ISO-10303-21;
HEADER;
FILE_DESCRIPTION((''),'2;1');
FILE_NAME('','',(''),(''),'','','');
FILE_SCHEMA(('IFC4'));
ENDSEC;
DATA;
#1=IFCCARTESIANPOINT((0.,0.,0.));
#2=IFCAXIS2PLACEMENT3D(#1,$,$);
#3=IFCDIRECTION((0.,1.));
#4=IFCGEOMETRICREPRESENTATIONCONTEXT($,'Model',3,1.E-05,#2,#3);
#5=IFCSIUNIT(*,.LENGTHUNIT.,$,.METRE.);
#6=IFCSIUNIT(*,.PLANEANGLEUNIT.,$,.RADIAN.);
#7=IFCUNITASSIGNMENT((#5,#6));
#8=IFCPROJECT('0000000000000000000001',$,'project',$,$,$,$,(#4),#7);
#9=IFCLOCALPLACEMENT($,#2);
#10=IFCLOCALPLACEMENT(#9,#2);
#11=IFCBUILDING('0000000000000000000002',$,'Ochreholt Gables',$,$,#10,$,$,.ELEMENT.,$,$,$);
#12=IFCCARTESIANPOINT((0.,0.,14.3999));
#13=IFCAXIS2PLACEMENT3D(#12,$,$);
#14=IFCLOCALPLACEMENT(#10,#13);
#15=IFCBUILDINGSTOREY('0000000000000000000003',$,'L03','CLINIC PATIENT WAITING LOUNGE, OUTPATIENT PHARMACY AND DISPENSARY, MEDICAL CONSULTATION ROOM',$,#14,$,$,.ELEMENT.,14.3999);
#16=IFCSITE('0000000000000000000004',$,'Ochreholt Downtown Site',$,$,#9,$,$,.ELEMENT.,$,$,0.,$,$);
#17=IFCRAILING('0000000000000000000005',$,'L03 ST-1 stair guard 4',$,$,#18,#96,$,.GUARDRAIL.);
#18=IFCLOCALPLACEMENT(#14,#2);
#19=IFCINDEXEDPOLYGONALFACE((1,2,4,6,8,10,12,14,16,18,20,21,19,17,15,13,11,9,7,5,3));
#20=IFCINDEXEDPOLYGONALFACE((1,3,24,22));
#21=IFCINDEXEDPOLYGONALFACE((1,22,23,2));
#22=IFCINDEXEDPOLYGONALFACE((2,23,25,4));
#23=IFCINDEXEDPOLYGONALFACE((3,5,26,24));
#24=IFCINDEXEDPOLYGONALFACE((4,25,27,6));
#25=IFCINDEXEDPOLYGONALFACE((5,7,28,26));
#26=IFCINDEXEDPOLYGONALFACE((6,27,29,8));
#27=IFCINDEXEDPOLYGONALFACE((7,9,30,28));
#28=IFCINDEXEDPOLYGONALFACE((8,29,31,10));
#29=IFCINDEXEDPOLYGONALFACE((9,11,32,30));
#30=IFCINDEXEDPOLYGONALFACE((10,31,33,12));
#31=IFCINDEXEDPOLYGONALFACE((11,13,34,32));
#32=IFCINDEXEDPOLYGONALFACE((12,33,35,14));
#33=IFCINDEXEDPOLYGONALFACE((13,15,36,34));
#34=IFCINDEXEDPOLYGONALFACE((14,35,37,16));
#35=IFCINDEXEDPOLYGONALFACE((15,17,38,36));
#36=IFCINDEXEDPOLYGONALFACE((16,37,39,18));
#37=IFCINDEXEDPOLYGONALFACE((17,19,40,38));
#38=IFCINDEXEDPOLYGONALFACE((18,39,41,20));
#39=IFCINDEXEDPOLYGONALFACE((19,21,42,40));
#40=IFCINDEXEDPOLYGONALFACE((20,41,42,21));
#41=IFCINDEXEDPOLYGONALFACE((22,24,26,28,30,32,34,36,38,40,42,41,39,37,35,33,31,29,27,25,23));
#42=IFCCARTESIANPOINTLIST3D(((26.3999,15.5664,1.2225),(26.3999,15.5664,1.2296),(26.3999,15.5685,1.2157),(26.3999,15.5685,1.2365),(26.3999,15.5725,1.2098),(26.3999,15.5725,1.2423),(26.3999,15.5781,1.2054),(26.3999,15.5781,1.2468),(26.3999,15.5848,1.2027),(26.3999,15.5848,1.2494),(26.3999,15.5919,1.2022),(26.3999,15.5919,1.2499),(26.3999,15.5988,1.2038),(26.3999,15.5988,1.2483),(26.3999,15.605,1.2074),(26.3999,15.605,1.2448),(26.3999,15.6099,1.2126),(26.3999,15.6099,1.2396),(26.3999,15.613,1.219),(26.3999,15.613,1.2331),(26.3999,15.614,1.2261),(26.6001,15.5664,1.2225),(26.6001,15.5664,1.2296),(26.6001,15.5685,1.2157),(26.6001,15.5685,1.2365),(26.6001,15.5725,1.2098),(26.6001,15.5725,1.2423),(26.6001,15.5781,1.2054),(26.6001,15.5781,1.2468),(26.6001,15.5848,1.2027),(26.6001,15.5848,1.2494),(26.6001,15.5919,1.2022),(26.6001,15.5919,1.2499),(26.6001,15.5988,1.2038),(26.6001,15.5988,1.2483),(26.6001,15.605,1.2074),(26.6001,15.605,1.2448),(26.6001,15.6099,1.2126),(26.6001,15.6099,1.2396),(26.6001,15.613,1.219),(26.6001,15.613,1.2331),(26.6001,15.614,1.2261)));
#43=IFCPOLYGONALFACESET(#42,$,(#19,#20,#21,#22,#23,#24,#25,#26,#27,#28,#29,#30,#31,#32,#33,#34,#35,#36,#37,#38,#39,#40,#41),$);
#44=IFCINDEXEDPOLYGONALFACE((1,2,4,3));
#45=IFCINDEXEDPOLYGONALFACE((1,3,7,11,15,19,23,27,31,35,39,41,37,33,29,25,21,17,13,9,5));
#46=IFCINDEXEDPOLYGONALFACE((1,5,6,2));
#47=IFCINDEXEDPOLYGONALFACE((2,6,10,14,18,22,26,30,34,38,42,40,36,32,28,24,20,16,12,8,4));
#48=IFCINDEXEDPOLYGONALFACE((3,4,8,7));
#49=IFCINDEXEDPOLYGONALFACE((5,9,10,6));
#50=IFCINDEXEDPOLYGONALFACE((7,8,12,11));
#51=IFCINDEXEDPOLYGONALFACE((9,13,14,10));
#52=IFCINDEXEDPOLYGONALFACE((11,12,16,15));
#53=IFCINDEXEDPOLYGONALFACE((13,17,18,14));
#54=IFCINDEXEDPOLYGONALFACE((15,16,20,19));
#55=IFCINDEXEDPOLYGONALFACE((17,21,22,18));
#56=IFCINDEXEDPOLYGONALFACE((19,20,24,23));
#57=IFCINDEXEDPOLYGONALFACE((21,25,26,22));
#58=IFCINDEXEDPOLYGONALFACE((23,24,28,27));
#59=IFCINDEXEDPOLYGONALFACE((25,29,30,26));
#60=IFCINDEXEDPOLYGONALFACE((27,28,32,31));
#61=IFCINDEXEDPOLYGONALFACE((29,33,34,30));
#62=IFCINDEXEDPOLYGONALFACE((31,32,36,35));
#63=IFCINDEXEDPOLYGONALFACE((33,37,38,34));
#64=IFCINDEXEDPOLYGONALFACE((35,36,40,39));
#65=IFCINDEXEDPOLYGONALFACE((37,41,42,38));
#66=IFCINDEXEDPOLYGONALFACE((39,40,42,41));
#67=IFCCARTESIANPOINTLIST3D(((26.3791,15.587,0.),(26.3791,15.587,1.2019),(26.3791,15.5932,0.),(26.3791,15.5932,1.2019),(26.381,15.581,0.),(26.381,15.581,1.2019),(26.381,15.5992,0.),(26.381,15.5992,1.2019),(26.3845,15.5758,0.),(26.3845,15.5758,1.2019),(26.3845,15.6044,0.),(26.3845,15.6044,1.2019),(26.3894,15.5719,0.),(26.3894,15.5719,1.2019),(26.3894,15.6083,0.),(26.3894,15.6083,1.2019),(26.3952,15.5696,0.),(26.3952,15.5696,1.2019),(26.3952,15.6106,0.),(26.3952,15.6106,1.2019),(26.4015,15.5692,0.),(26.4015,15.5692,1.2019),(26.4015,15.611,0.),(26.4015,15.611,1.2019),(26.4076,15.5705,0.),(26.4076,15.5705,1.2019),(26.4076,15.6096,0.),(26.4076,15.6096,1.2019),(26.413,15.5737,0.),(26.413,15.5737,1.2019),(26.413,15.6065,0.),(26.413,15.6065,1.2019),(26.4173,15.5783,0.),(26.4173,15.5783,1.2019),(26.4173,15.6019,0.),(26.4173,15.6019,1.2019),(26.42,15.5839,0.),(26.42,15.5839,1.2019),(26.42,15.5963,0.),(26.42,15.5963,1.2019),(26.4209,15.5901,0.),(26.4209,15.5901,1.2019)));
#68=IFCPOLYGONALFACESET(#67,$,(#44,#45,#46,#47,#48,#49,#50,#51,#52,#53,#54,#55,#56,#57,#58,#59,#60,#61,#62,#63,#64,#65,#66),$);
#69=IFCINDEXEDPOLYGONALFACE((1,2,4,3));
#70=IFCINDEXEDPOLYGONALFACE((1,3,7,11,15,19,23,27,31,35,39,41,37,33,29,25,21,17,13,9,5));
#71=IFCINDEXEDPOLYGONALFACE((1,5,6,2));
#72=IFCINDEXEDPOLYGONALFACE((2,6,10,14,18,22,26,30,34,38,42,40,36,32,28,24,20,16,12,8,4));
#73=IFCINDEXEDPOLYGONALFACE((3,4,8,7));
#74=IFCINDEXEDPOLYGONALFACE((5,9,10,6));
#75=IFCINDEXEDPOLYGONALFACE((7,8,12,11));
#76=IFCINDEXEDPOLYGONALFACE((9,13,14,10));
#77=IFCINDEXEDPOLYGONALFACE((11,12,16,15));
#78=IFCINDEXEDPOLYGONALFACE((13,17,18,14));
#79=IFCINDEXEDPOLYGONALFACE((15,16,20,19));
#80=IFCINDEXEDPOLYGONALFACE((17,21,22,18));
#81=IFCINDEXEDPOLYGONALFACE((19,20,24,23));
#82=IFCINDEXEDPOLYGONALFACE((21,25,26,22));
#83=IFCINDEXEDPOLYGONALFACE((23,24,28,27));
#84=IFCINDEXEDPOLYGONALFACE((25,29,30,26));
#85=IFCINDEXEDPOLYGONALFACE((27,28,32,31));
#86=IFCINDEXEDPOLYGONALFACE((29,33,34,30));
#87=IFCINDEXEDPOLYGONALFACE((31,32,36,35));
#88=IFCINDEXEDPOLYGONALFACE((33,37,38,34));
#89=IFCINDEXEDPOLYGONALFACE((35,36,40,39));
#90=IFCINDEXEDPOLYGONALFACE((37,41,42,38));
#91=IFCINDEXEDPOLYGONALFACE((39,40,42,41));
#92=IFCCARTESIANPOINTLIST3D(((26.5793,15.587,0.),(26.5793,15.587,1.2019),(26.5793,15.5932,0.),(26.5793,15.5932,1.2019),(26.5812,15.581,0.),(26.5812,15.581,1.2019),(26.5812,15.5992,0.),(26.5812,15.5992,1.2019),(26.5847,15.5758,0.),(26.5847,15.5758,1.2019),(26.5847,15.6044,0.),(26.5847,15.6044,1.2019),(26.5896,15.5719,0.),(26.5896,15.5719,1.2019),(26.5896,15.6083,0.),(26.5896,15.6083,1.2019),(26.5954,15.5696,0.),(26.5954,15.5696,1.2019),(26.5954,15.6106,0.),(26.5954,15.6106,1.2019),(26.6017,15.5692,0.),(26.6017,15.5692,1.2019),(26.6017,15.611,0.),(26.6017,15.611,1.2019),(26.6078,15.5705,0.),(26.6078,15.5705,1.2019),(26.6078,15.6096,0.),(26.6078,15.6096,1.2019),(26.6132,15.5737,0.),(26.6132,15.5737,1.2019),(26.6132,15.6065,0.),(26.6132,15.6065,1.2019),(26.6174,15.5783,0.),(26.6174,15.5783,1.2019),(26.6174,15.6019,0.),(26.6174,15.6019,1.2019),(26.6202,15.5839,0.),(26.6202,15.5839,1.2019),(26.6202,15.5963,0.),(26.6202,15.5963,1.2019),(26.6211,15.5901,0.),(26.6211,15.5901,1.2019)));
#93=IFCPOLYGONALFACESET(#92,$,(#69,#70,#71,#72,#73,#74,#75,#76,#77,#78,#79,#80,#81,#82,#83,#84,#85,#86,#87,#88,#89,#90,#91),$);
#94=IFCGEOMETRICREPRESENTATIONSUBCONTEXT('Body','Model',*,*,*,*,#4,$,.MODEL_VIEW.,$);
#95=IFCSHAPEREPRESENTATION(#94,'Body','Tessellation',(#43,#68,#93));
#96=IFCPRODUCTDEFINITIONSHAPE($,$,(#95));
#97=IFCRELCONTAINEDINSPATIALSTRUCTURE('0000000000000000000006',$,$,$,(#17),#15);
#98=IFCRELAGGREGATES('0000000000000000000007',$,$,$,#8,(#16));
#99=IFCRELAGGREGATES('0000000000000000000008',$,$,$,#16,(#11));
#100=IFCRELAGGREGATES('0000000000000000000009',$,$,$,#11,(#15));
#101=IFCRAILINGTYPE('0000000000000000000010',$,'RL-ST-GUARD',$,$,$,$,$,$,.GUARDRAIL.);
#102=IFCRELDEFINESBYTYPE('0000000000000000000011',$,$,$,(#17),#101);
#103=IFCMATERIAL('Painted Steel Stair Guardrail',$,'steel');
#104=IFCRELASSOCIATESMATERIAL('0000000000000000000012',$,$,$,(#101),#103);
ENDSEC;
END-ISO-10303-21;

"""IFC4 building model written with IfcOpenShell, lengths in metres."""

from ifc_helpers import new_model, si_unit, direction, frame, origin, origin_2d, place, context, subcontext, project, spatial, circle, extrude, material, type_object, element, save


model = new_model("IFC4")

# Units and contexts
model_context = context("Model", 3, precision=1e-05, world=origin(), true_north=direction((0.0, 1.0)))
body_context = subcontext(model_context, "Body", "Model", "MODEL_VIEW")
ifc_project = project(units=[si_unit("LENGTHUNIT", "METRE"), si_unit("PLANEANGLEUNIT", "RADIAN")], contexts=[model_context])

# Site, building, storey
site_placement = place(None, origin())
site = spatial("IfcSite", under=ifc_project, at=site_placement, Name="Ochreholt Downtown Site", CompositionType="ELEMENT", RefElevation=0.0)
building_placement = place(site_placement, origin())
building = spatial("IfcBuilding", under=site, at=building_placement, Name="Ochreholt Gables", CompositionType="ELEMENT")
storey_placement = place(building_placement, frame((0.0, 0.0, 14.3999)))
storey = spatial("IfcBuildingStorey", under=building, at=storey_placement, Name="L03", Description="CLINIC PATIENT WAITING LOUNGE, OUTPATIENT PHARMACY AND DISPENSARY, MEDICAL CONSULTATION ROOM", CompositionType="ELEMENT", Elevation=14.3999)

# Railing
ifc_material_1 = material(Name="Painted Steel Stair Guardrail", Category="steel")
railing_type_1 = type_object("IfcRailingType", Name="RL-ST-GUARD", PredefinedType="GUARDRAIL", material=ifc_material_1)
railing_1_placement = place(storey_placement, frame((26.3999, 15.5901, 0.0)))
element("IfcRailing", 1, at=railing_1_placement, inside=storey, type_object=railing_type_1, Name="L03 ST-1 stair guard 4", PredefinedType="GUARDRAIL", context=body_context, shape_type="SweptSolid", body=[
    extrude(circle(Radius=0.0239, at=origin_2d()), frame((0.0, 0.0, 1.2261), z_axis=(1.0, 0.0, 0.0), x_axis=(0.0, 1.0, 0.0)), (0.0, 0.0, 1.0), 0.2002),
    extrude(circle(Radius=0.021, at=origin_2d()), origin(), (0.0, 0.0, 1.0), 1.2019),
    extrude(circle(Radius=0.021, at=origin_2d()), frame((0.2002, 0.0, 0.0)), (0.0, 0.0, 1.0), 1.2019),
])

save(model, "model.ifc")
